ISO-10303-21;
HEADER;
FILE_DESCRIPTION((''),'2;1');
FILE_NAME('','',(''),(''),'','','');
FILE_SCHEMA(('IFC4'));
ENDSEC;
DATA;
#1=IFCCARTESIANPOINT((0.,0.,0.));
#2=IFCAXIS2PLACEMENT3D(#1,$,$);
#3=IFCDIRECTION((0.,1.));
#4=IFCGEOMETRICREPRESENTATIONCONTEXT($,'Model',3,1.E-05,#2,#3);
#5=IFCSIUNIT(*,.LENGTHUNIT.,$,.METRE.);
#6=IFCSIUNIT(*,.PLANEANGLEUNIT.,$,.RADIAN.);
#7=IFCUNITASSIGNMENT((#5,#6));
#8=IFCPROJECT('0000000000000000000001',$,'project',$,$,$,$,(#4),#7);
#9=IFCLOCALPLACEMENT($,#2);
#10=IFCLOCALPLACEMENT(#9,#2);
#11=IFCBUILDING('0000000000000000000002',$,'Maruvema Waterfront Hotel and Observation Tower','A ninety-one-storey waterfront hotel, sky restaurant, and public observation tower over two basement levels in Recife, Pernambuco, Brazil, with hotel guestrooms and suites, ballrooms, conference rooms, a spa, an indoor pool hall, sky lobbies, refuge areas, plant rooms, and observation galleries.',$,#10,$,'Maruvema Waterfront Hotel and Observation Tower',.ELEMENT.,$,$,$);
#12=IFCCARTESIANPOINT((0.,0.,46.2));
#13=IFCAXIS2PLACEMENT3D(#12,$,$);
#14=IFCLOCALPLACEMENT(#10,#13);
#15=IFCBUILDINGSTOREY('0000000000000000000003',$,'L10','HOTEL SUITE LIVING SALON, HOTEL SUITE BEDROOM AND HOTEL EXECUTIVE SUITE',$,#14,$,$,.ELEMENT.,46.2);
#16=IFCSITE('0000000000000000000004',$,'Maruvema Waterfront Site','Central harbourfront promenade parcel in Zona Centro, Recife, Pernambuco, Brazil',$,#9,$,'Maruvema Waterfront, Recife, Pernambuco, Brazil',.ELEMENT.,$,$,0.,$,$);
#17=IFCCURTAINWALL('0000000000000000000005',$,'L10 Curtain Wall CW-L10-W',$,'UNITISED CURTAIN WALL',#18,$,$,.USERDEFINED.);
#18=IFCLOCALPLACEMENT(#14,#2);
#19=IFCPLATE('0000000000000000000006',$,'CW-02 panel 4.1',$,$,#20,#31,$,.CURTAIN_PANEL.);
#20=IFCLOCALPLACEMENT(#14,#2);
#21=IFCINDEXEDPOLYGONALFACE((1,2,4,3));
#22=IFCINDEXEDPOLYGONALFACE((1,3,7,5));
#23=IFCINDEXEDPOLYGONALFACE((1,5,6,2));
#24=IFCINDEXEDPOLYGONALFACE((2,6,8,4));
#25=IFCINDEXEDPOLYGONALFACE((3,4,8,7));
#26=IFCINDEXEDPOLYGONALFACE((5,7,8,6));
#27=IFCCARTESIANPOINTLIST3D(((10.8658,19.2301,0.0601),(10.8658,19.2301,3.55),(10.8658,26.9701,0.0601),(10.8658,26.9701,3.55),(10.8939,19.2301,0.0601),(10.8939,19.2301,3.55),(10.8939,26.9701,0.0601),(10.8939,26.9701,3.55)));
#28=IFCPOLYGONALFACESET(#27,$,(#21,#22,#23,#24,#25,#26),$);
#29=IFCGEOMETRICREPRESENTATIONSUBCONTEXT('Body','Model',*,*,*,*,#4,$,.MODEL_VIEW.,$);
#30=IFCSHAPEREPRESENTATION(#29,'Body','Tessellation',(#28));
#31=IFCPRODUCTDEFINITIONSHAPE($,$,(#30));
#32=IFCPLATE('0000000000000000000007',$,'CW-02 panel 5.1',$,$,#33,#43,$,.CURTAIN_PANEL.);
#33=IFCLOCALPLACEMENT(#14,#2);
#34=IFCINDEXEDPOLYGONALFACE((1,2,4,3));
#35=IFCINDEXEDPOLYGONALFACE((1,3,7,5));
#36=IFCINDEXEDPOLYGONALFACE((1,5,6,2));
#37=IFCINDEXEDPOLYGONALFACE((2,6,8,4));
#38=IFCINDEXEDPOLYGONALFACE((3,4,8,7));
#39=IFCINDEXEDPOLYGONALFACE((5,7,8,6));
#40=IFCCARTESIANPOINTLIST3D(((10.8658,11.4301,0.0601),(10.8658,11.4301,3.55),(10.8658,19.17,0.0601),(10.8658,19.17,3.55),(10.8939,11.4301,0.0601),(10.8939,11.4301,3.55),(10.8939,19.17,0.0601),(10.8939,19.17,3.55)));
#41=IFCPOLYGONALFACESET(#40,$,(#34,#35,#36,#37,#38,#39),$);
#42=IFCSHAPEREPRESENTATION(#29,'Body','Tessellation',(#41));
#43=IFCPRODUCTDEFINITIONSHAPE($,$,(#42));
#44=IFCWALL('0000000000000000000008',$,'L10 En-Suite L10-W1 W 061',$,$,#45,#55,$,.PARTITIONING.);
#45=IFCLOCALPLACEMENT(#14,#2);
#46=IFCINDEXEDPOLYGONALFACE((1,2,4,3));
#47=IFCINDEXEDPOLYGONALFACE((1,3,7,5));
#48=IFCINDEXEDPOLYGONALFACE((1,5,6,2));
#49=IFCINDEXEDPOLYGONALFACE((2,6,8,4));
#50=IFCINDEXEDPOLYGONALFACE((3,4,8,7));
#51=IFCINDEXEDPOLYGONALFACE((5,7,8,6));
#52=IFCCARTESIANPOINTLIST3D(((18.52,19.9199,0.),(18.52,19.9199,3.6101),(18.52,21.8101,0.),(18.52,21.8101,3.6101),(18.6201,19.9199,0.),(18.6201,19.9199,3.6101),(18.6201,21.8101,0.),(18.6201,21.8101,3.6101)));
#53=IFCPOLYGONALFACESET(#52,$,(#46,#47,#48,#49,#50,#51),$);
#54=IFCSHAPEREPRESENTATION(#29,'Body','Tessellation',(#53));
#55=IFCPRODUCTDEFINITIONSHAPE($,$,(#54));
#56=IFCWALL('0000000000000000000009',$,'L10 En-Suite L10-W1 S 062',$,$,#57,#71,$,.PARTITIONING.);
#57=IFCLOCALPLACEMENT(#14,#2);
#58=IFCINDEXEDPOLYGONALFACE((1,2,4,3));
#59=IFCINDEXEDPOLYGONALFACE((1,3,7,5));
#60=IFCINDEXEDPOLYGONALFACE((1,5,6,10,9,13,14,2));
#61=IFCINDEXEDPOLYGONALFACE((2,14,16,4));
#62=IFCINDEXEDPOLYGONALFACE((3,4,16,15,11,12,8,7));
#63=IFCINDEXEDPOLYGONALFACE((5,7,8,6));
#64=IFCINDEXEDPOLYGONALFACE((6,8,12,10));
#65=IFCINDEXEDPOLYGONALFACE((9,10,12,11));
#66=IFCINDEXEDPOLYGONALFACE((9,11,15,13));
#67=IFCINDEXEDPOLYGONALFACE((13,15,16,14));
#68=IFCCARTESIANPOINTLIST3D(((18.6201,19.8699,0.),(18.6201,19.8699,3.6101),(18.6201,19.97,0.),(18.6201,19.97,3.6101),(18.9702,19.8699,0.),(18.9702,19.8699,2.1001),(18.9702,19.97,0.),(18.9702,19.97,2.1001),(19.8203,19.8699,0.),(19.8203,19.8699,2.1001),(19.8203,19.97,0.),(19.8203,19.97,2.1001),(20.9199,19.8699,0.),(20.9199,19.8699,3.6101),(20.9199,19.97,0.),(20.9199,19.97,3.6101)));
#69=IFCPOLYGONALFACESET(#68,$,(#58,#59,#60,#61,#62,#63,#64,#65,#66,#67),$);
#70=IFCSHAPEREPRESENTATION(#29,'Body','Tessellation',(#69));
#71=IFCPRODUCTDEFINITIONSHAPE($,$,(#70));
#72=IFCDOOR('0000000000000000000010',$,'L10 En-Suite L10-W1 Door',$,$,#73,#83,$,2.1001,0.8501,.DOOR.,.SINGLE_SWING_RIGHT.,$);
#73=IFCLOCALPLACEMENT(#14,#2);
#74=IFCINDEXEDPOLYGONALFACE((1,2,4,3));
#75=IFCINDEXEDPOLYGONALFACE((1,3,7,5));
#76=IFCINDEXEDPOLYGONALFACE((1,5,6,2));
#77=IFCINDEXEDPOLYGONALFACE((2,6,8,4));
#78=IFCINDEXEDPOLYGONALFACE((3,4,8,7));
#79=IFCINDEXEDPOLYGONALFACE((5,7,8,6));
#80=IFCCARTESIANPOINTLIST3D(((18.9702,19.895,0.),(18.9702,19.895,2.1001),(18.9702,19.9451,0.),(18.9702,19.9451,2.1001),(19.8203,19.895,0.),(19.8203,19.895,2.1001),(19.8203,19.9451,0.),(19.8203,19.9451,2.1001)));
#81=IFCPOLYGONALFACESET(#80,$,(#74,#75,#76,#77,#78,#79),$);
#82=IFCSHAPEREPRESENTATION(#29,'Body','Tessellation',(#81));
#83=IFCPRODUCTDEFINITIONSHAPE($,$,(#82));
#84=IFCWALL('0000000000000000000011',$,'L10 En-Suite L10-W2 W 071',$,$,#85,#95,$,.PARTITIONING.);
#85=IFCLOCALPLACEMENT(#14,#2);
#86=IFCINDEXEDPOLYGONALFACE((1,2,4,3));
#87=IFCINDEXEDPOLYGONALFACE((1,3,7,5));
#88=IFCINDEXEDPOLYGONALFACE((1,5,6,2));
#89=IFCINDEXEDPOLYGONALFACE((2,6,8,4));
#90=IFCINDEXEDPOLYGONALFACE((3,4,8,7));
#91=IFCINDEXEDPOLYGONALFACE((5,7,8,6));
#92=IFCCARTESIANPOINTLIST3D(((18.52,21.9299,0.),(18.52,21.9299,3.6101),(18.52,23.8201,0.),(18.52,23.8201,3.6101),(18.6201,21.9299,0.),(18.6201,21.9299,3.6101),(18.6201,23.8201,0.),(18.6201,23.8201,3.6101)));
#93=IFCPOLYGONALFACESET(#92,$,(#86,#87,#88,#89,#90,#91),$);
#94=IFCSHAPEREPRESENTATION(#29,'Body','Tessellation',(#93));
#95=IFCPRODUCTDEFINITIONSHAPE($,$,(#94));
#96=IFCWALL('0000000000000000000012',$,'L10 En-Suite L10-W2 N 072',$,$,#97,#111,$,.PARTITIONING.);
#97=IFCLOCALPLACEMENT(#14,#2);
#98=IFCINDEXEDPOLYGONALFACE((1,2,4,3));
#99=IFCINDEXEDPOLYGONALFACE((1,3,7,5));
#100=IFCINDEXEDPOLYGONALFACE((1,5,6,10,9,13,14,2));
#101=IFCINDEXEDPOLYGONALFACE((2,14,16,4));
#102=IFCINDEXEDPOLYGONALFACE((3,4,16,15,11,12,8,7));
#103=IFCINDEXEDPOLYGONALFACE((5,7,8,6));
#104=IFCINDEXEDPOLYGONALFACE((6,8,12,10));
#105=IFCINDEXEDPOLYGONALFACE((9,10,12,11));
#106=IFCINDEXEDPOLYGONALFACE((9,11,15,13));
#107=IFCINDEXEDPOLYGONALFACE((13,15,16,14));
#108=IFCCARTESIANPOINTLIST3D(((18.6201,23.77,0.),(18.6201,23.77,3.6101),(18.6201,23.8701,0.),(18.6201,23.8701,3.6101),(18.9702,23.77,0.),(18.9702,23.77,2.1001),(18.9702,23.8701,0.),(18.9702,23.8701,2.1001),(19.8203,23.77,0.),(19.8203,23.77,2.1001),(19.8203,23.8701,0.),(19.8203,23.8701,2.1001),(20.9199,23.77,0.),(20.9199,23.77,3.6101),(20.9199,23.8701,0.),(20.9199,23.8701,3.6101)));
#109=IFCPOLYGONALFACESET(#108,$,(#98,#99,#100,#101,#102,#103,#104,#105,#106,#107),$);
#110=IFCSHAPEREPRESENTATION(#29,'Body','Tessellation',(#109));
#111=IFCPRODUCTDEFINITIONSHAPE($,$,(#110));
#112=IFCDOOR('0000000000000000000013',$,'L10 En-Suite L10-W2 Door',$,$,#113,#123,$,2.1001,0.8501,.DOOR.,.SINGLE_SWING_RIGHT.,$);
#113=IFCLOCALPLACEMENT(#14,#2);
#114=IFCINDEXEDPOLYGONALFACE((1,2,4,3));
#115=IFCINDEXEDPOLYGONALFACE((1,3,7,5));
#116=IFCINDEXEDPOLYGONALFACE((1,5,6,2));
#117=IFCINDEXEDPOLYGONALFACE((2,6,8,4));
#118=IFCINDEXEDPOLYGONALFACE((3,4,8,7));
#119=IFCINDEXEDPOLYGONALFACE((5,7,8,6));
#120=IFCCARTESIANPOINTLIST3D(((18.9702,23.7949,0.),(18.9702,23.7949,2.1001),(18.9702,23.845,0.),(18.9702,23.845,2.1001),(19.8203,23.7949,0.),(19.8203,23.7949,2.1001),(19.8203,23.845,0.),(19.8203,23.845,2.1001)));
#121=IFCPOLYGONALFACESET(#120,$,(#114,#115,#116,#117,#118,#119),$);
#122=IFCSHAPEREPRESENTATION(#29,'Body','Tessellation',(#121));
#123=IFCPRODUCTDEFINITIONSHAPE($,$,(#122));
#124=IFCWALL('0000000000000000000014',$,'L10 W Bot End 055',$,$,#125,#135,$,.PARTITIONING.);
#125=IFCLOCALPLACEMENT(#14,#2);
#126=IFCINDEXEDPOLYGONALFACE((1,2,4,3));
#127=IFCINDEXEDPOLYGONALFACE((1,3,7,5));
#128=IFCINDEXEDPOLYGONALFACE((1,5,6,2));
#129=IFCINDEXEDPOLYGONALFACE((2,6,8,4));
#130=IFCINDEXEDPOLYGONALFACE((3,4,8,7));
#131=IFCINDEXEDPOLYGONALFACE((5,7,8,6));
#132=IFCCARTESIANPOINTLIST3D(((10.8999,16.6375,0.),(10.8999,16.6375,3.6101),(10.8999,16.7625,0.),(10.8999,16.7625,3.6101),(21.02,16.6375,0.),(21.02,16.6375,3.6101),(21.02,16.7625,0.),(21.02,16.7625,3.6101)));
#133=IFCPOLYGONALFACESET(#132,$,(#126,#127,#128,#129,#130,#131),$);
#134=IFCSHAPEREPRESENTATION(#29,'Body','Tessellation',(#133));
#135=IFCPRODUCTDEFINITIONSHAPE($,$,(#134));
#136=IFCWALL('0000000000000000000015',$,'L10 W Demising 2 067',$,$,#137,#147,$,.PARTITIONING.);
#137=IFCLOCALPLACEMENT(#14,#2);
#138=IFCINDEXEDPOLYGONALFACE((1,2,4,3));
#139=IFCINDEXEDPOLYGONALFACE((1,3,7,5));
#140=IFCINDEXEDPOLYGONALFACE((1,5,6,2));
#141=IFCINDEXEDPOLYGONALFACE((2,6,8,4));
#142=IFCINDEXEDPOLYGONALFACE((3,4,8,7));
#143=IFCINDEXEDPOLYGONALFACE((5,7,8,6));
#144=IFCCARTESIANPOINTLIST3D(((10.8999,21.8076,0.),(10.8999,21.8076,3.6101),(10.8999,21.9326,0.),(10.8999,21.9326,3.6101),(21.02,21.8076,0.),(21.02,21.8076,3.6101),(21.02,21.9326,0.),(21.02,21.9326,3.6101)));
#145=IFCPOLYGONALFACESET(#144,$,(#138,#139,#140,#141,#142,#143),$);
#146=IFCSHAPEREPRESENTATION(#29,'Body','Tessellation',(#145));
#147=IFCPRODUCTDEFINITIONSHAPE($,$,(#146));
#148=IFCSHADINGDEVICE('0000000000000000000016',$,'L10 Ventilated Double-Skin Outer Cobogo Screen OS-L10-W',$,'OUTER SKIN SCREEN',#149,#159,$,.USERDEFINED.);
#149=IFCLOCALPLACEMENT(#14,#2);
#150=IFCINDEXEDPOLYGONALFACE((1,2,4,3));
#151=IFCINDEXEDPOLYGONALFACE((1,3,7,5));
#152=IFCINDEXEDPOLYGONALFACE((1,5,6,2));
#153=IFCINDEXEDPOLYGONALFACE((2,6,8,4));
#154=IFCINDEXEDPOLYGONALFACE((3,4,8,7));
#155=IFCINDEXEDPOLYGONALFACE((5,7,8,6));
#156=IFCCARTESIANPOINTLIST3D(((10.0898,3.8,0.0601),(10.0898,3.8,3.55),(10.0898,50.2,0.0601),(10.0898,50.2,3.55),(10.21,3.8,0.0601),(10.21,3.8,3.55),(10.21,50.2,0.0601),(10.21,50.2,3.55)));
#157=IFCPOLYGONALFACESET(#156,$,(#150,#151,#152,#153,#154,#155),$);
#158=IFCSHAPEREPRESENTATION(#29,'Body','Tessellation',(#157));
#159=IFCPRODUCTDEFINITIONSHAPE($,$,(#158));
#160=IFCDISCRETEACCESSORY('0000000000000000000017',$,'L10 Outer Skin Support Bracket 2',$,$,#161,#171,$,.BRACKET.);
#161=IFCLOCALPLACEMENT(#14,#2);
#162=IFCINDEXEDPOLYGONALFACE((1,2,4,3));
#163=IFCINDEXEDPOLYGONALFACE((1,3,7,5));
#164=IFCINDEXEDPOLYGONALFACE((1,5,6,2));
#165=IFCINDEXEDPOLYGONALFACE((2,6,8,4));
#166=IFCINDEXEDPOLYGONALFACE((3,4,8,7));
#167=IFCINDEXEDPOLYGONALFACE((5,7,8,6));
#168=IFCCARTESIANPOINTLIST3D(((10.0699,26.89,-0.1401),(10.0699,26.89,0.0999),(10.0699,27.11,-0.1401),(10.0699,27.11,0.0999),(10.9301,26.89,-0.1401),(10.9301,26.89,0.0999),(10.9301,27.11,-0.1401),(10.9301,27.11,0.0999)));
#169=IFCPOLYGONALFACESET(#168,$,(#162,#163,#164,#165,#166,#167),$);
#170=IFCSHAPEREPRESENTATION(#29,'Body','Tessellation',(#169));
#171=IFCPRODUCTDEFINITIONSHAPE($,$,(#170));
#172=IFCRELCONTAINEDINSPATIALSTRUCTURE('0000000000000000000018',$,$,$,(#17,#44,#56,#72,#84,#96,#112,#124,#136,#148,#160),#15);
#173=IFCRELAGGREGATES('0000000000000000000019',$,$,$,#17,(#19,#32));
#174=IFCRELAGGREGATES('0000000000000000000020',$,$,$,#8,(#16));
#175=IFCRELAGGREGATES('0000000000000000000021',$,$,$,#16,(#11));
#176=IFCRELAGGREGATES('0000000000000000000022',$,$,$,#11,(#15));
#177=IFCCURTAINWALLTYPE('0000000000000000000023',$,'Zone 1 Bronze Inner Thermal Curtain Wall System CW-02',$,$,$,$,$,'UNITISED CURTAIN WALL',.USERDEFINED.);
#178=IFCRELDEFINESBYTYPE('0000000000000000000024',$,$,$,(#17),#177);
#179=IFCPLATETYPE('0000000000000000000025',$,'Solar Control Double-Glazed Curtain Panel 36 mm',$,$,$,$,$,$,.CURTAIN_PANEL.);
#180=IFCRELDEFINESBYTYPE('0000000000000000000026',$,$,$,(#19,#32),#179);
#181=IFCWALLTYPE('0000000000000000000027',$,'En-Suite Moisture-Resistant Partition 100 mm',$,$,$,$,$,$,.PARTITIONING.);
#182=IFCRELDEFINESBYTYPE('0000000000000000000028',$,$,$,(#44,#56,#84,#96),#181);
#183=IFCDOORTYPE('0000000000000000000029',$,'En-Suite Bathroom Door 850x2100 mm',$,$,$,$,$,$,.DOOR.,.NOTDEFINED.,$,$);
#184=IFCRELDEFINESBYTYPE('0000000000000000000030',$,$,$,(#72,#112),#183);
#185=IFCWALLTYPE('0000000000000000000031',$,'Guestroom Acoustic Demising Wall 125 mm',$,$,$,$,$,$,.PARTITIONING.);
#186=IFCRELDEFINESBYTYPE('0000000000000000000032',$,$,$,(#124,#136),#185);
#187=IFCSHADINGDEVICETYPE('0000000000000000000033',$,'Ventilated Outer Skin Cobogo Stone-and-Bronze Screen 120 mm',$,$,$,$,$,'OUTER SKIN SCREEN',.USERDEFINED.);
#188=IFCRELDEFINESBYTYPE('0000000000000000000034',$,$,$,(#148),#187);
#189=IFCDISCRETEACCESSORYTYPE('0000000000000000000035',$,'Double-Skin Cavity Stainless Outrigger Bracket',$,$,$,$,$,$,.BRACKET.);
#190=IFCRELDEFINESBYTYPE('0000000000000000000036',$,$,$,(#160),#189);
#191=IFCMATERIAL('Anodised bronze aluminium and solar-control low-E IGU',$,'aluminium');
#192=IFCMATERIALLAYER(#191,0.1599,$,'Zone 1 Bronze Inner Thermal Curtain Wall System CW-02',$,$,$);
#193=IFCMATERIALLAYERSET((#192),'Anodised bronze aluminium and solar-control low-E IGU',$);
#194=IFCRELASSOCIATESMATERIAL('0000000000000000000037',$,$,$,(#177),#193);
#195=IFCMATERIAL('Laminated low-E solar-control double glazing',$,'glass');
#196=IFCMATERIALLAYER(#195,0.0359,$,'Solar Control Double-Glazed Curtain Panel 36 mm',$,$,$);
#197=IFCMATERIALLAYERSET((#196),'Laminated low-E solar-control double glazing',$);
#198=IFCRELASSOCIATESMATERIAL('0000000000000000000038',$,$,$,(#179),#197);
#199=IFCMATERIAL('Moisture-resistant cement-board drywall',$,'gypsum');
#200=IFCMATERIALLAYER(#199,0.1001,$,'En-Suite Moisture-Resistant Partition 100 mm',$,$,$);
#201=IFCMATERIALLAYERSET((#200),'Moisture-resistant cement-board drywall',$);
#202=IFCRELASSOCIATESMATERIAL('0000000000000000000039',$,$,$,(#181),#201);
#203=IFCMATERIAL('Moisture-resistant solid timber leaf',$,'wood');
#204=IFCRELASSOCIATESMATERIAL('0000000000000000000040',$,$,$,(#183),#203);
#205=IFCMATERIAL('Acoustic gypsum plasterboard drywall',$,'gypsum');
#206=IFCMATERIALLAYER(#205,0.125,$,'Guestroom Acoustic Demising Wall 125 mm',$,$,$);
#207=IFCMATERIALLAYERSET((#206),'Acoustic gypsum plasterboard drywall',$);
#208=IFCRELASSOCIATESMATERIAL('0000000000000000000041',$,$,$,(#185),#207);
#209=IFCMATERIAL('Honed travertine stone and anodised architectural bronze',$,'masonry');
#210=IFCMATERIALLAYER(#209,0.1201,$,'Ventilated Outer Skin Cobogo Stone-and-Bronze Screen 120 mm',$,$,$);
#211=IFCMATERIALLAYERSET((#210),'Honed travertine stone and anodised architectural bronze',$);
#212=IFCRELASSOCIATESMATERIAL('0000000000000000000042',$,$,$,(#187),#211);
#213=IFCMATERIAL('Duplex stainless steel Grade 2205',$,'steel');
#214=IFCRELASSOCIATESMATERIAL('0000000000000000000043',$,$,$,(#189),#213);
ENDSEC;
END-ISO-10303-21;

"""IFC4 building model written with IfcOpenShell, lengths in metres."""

from ifc_helpers import new_model, si_unit, direction, frame, frame_2d, origin, origin_2d, place, context, subcontext, project, spatial, rectangle, extrude, material, layer, layer_set, type_object, element, fill, aggregate, save


model = new_model("IFC4")

# Units and contexts
model_context = context("Model", 3, precision=1e-05, world=origin(), true_north=direction((0.0, 1.0)))
body_context = subcontext(model_context, "Body", "Model", "MODEL_VIEW")
ifc_project = project(units=[si_unit("LENGTHUNIT", "METRE"), si_unit("PLANEANGLEUNIT", "RADIAN")], contexts=[model_context])

# Site, building, storey
site_placement = place(None, origin())
site = spatial("IfcSite", under=ifc_project, at=site_placement, Name="Maruvema Waterfront Site", Description="Central harbourfront promenade parcel in Zona Centro, Recife, Pernambuco, Brazil", LongName="Maruvema Waterfront, Recife, Pernambuco, Brazil", CompositionType="ELEMENT", RefElevation=0.0)
building_placement = place(site_placement, origin())
building = spatial("IfcBuilding", under=site, at=building_placement, Name="Maruvema Waterfront Hotel and Observation Tower", Description="A ninety-one-storey waterfront hotel, sky restaurant, and public observation tower over two basement levels in Recife, Pernambuco, Brazil, with hotel guestrooms and suites, ballrooms, conference rooms, a spa, an indoor pool hall, sky lobbies, refuge areas, plant rooms, and observation galleries.", LongName="Maruvema Waterfront Hotel and Observation Tower", CompositionType="ELEMENT")
storey_placement = place(building_placement, frame((0.0, 0.0, 46.2)))
storey = spatial("IfcBuildingStorey", under=building, at=storey_placement, Name="L10", Description="HOTEL SUITE LIVING SALON, HOTEL SUITE BEDROOM AND HOTEL EXECUTIVE SUITE", CompositionType="ELEMENT", Elevation=46.2)

# Curtain wall
ifc_material_1 = material(Name="Anodised bronze aluminium and solar-control low-E IGU", Category="aluminium")
ifc_layer_1 = layer(ifc_material_1, 0.1599, Name="Zone 1 Bronze Inner Thermal Curtain Wall System CW-02")
ifc_layer_set_1 = layer_set([ifc_layer_1], Name="Anodised bronze aluminium and solar-control low-E IGU")
curtain_wall_type = type_object("IfcCurtainWallType", Name="Zone 1 Bronze Inner Thermal Curtain Wall System CW-02", ElementType="UNITISED CURTAIN WALL", PredefinedType="USERDEFINED", material=ifc_layer_set_1)
curtain_wall_placement = place(storey_placement, origin())
curtain_wall = element("IfcCurtainWall", 1, at=curtain_wall_placement, inside=storey, type_object=curtain_wall_type, Name="L10 Curtain Wall CW-L10-W", ObjectType="UNITISED CURTAIN WALL", PredefinedType="USERDEFINED")

# Plates
ifc_material_2 = material(Name="Laminated low-E solar-control double glazing", Category="glass")
ifc_layer_2 = layer(ifc_material_2, 0.0359, Name="Solar Control Double-Glazed Curtain Panel 36 mm")
ifc_layer_set_2 = layer_set([ifc_layer_2], Name="Laminated low-E solar-control double glazing")
plate_type = type_object("IfcPlateType", Name="Solar Control Double-Glazed Curtain Panel 36 mm", PredefinedType="CURTAIN_PANEL", material=ifc_layer_set_2)
plate_1_placement = place(storey_placement, frame((10.8799, 23.1001, 0.0601), z_axis=(0.0, 0.0, 1.0), x_axis=(0.0, -1.0, 0.0)))
plate_1 = element("IfcPlate", 2, at=plate_1_placement, type_object=plate_type, Name="CW-02 panel 4.1", PredefinedType="CURTAIN_PANEL", context=body_context, shape_type="SweptSolid", body=[
    extrude(rectangle(XDim=7.74, YDim=0.0281, at=origin_2d()), origin(), (0.0, 0.0, 1.0), 3.49),
])
plate_2_placement = place(storey_placement, frame((10.8799, 15.3, 0.0601), z_axis=(0.0, 0.0, 1.0), x_axis=(0.0, -1.0, 0.0)))
plate_2 = element("IfcPlate", 3, at=plate_2_placement, type_object=plate_type, Name="CW-02 panel 5.1", PredefinedType="CURTAIN_PANEL", context=body_context, shape_type="SweptSolid", body=[
    extrude(rectangle(XDim=7.74, YDim=0.0281, at=origin_2d()), origin(), (0.0, 0.0, 1.0), 3.49),
])
aggregate(curtain_wall, [plate_1, plate_2])

# Wall
ifc_material_3 = material(Name="Moisture-resistant cement-board drywall", Category="gypsum")
ifc_layer_3 = layer(ifc_material_3, 0.1001, Name="En-Suite Moisture-Resistant Partition 100 mm")
ifc_layer_set_3 = layer_set([ifc_layer_3], Name="Moisture-resistant cement-board drywall")
wall_type_1 = type_object("IfcWallType", Name="En-Suite Moisture-Resistant Partition 100 mm", PredefinedType="PARTITIONING", material=ifc_layer_set_3)
wall_1_placement = place(storey_placement, frame((18.5701, 19.9199, 0.0), z_axis=(0.0, 0.0, 1.0), x_axis=(0.0, 1.0, 0.0)))
element("IfcWall", 4, at=wall_1_placement, inside=storey, type_object=wall_type_1, Name="L10 En-Suite L10-W1 W 061", PredefinedType="PARTITIONING", context=body_context, shape_type="SweptSolid", body=[
    extrude(rectangle(XDim=1.8901, YDim=0.1001, at=frame_2d((0.9451, 0.0))), origin(), (0.0, 0.0, 1.0), 3.6101),
])

# Wall, opening, door
wall_2_placement = place(storey_placement, frame((18.6201, 19.9199, 0.0), z_axis=(0.0, 0.0, 1.0), x_axis=(1.0, 0.0, 0.0)))
wall_2 = element("IfcWall", 5, at=wall_2_placement, inside=storey, type_object=wall_type_1, Name="L10 En-Suite L10-W1 S 062", PredefinedType="PARTITIONING", context=body_context, shape_type="SweptSolid", body=[
    extrude(rectangle(XDim=2.2998, YDim=0.1001, at=frame_2d((1.1499, 0.0))), origin(), (0.0, 0.0, 1.0), 3.6101),
])
opening_1_placement = place(wall_2_placement, frame((0.3501, 0.0, 0.0)))
opening_1 = element("IfcOpeningElement", 6, at=opening_1_placement, cuts=wall_2, PredefinedType="OPENING", context=body_context, shape_type="SweptSolid", body=[
    extrude(rectangle(XDim=0.8501, YDim=2.1001, at=frame_2d((0.425, 1.05))), frame((0.0, 0.0601, 0.0), z_axis=(0.0, -1.0, 0.0), x_axis=(1.0, 0.0, 0.0)), (0.0, 0.0, 1.0), 0.1201),
])
ifc_material_4 = material(Name="Moisture-resistant solid timber leaf", Category="wood")
door_type = type_object("IfcDoorType", Name="En-Suite Bathroom Door 850x2100 mm", OperationType="NOTDEFINED", PredefinedType="DOOR", material=ifc_material_4)
door_1_placement = place(opening_1_placement, frame((0.8501, 0.0, 0.0), z_axis=(0.0, 0.0, 1.0), x_axis=(-1.0, 0.0, 0.0)))
door_1 = element("IfcDoor", 7, at=door_1_placement, inside=storey, type_object=door_type, Name="L10 En-Suite L10-W1 Door", OperationType="SINGLE_SWING_RIGHT", OverallHeight=2.1001, OverallWidth=0.8501, PredefinedType="DOOR", context=body_context, shape_type="SweptSolid", body=[
    extrude(rectangle(XDim=0.8501, YDim=2.1001, at=frame_2d((0.425, 1.05))), frame((0.0, 0.0249, 0.0), z_axis=(0.0, -1.0, 0.0), x_axis=(1.0, 0.0, 0.0)), (0.0, 0.0, 1.0), 0.05),
])
fill(opening_1, door_1)

# Wall
wall_3_placement = place(storey_placement, frame((18.5701, 21.9299, 0.0), z_axis=(0.0, 0.0, 1.0), x_axis=(0.0, 1.0, 0.0)))
element("IfcWall", 8, at=wall_3_placement, inside=storey, type_object=wall_type_1, Name="L10 En-Suite L10-W2 W 071", PredefinedType="PARTITIONING", context=body_context, shape_type="SweptSolid", body=[
    extrude(rectangle(XDim=1.8901, YDim=0.1001, at=frame_2d((0.9451, 0.0))), origin(), (0.0, 0.0, 1.0), 3.6101),
])

# Wall, opening, door
wall_4_placement = place(storey_placement, frame((18.6201, 23.8201, 0.0), z_axis=(0.0, 0.0, 1.0), x_axis=(1.0, 0.0, 0.0)))
wall_4 = element("IfcWall", 9, at=wall_4_placement, inside=storey, type_object=wall_type_1, Name="L10 En-Suite L10-W2 N 072", PredefinedType="PARTITIONING", context=body_context, shape_type="SweptSolid", body=[
    extrude(rectangle(XDim=2.2998, YDim=0.1001, at=frame_2d((1.1499, 0.0))), origin(), (0.0, 0.0, 1.0), 3.6101),
])
opening_2_placement = place(wall_4_placement, frame((0.3501, 0.0, 0.0)))
opening_2 = element("IfcOpeningElement", 10, at=opening_2_placement, cuts=wall_4, PredefinedType="OPENING", context=body_context, shape_type="SweptSolid", body=[
    extrude(rectangle(XDim=0.8501, YDim=2.1001, at=frame_2d((0.425, 1.05))), frame((0.0, 0.0601, 0.0), z_axis=(0.0, -1.0, 0.0), x_axis=(1.0, 0.0, 0.0)), (0.0, 0.0, 1.0), 0.1201),
])
door_2_placement = place(opening_2_placement, origin())
door_2 = element("IfcDoor", 11, at=door_2_placement, inside=storey, type_object=door_type, Name="L10 En-Suite L10-W2 Door", OperationType="SINGLE_SWING_RIGHT", OverallHeight=2.1001, OverallWidth=0.8501, PredefinedType="DOOR", context=body_context, shape_type="SweptSolid", body=[
    extrude(rectangle(XDim=0.8501, YDim=2.1001, at=frame_2d((0.425, 1.05))), frame((0.0, 0.0249, 0.0), z_axis=(0.0, -1.0, 0.0), x_axis=(1.0, 0.0, 0.0)), (0.0, 0.0, 1.0), 0.05),
])
fill(opening_2, door_2)

# Walls
ifc_material_5 = material(Name="Acoustic gypsum plasterboard drywall", Category="gypsum")
ifc_layer_4 = layer(ifc_material_5, 0.125, Name="Guestroom Acoustic Demising Wall 125 mm")
ifc_layer_set_4 = layer_set([ifc_layer_4], Name="Acoustic gypsum plasterboard drywall")
wall_type_2 = type_object("IfcWallType", Name="Guestroom Acoustic Demising Wall 125 mm", PredefinedType="PARTITIONING", material=ifc_layer_set_4)
for number, where, z_axis, x_axis, name in (
    (12, (10.8999, 16.7, 0.0), (0.0, 0.0, 1.0), (1.0, 0.0, 0.0), "L10 W Bot End 055"),
    (13, (10.8999, 21.8701, 0.0), (0.0, 0.0, 1.0), (1.0, 0.0, 0.0), "L10 W Demising 2 067"),
):
    element("IfcWall", number, at=place(storey_placement, frame(where, z_axis=z_axis, x_axis=x_axis)), inside=storey, type_object=wall_type_2, Name=name, PredefinedType="PARTITIONING", context=body_context, shape_type="SweptSolid", body=[
        extrude(rectangle(XDim=10.1201, YDim=0.125, at=frame_2d((5.0601, 0.0))), origin(), (0.0, 0.0, 1.0), 3.6101),
    ])

# Shading device
ifc_material_6 = material(Name="Honed travertine stone and anodised architectural bronze", Category="masonry")
ifc_layer_5 = layer(ifc_material_6, 0.1201, Name="Ventilated Outer Skin Cobogo Stone-and-Bronze Screen 120 mm")
ifc_layer_set_5 = layer_set([ifc_layer_5], Name="Honed travertine stone and anodised architectural bronze")
shading_device_type = type_object("IfcShadingDeviceType", Name="Ventilated Outer Skin Cobogo Stone-and-Bronze Screen 120 mm", ElementType="OUTER SKIN SCREEN", PredefinedType="USERDEFINED", material=ifc_layer_set_5)
shading_device_placement = place(storey_placement, frame((10.1499, 27.0, 0.0601), z_axis=(0.0, 0.0, 1.0), x_axis=(0.0, -1.0, 0.0)))
element("IfcShadingDevice", 14, at=shading_device_placement, inside=storey, type_object=shading_device_type, Name="L10 Ventilated Double-Skin Outer Cobogo Screen OS-L10-W", ObjectType="OUTER SKIN SCREEN", PredefinedType="USERDEFINED", context=body_context, shape_type="SweptSolid", body=[
    extrude(rectangle(XDim=46.3999, YDim=0.1201, at=origin_2d()), origin(), (0.0, 0.0, 1.0), 3.49),
])

# Discrete accessory
ifc_material_7 = material(Name="Duplex stainless steel Grade 2205", Category="steel")
discrete_accessory_type = type_object("IfcDiscreteAccessoryType", Name="Double-Skin Cavity Stainless Outrigger Bracket", PredefinedType="BRACKET", material=ifc_material_7)
discrete_accessory_placement = place(storey_placement, frame((10.5, 27.0, -0.1401), z_axis=(0.0, 0.0, 1.0), x_axis=(0.0, -1.0, 0.0)))
element("IfcDiscreteAccessory", 15, at=discrete_accessory_placement, inside=storey, type_object=discrete_accessory_type, Name="L10 Outer Skin Support Bracket 2", PredefinedType="BRACKET", context=body_context, shape_type="SweptSolid", body=[
    extrude(rectangle(XDim=0.22, YDim=0.8601, at=origin_2d()), origin(), (0.0, 0.0, 1.0), 0.24),
])

save(model, "model.ifc")
